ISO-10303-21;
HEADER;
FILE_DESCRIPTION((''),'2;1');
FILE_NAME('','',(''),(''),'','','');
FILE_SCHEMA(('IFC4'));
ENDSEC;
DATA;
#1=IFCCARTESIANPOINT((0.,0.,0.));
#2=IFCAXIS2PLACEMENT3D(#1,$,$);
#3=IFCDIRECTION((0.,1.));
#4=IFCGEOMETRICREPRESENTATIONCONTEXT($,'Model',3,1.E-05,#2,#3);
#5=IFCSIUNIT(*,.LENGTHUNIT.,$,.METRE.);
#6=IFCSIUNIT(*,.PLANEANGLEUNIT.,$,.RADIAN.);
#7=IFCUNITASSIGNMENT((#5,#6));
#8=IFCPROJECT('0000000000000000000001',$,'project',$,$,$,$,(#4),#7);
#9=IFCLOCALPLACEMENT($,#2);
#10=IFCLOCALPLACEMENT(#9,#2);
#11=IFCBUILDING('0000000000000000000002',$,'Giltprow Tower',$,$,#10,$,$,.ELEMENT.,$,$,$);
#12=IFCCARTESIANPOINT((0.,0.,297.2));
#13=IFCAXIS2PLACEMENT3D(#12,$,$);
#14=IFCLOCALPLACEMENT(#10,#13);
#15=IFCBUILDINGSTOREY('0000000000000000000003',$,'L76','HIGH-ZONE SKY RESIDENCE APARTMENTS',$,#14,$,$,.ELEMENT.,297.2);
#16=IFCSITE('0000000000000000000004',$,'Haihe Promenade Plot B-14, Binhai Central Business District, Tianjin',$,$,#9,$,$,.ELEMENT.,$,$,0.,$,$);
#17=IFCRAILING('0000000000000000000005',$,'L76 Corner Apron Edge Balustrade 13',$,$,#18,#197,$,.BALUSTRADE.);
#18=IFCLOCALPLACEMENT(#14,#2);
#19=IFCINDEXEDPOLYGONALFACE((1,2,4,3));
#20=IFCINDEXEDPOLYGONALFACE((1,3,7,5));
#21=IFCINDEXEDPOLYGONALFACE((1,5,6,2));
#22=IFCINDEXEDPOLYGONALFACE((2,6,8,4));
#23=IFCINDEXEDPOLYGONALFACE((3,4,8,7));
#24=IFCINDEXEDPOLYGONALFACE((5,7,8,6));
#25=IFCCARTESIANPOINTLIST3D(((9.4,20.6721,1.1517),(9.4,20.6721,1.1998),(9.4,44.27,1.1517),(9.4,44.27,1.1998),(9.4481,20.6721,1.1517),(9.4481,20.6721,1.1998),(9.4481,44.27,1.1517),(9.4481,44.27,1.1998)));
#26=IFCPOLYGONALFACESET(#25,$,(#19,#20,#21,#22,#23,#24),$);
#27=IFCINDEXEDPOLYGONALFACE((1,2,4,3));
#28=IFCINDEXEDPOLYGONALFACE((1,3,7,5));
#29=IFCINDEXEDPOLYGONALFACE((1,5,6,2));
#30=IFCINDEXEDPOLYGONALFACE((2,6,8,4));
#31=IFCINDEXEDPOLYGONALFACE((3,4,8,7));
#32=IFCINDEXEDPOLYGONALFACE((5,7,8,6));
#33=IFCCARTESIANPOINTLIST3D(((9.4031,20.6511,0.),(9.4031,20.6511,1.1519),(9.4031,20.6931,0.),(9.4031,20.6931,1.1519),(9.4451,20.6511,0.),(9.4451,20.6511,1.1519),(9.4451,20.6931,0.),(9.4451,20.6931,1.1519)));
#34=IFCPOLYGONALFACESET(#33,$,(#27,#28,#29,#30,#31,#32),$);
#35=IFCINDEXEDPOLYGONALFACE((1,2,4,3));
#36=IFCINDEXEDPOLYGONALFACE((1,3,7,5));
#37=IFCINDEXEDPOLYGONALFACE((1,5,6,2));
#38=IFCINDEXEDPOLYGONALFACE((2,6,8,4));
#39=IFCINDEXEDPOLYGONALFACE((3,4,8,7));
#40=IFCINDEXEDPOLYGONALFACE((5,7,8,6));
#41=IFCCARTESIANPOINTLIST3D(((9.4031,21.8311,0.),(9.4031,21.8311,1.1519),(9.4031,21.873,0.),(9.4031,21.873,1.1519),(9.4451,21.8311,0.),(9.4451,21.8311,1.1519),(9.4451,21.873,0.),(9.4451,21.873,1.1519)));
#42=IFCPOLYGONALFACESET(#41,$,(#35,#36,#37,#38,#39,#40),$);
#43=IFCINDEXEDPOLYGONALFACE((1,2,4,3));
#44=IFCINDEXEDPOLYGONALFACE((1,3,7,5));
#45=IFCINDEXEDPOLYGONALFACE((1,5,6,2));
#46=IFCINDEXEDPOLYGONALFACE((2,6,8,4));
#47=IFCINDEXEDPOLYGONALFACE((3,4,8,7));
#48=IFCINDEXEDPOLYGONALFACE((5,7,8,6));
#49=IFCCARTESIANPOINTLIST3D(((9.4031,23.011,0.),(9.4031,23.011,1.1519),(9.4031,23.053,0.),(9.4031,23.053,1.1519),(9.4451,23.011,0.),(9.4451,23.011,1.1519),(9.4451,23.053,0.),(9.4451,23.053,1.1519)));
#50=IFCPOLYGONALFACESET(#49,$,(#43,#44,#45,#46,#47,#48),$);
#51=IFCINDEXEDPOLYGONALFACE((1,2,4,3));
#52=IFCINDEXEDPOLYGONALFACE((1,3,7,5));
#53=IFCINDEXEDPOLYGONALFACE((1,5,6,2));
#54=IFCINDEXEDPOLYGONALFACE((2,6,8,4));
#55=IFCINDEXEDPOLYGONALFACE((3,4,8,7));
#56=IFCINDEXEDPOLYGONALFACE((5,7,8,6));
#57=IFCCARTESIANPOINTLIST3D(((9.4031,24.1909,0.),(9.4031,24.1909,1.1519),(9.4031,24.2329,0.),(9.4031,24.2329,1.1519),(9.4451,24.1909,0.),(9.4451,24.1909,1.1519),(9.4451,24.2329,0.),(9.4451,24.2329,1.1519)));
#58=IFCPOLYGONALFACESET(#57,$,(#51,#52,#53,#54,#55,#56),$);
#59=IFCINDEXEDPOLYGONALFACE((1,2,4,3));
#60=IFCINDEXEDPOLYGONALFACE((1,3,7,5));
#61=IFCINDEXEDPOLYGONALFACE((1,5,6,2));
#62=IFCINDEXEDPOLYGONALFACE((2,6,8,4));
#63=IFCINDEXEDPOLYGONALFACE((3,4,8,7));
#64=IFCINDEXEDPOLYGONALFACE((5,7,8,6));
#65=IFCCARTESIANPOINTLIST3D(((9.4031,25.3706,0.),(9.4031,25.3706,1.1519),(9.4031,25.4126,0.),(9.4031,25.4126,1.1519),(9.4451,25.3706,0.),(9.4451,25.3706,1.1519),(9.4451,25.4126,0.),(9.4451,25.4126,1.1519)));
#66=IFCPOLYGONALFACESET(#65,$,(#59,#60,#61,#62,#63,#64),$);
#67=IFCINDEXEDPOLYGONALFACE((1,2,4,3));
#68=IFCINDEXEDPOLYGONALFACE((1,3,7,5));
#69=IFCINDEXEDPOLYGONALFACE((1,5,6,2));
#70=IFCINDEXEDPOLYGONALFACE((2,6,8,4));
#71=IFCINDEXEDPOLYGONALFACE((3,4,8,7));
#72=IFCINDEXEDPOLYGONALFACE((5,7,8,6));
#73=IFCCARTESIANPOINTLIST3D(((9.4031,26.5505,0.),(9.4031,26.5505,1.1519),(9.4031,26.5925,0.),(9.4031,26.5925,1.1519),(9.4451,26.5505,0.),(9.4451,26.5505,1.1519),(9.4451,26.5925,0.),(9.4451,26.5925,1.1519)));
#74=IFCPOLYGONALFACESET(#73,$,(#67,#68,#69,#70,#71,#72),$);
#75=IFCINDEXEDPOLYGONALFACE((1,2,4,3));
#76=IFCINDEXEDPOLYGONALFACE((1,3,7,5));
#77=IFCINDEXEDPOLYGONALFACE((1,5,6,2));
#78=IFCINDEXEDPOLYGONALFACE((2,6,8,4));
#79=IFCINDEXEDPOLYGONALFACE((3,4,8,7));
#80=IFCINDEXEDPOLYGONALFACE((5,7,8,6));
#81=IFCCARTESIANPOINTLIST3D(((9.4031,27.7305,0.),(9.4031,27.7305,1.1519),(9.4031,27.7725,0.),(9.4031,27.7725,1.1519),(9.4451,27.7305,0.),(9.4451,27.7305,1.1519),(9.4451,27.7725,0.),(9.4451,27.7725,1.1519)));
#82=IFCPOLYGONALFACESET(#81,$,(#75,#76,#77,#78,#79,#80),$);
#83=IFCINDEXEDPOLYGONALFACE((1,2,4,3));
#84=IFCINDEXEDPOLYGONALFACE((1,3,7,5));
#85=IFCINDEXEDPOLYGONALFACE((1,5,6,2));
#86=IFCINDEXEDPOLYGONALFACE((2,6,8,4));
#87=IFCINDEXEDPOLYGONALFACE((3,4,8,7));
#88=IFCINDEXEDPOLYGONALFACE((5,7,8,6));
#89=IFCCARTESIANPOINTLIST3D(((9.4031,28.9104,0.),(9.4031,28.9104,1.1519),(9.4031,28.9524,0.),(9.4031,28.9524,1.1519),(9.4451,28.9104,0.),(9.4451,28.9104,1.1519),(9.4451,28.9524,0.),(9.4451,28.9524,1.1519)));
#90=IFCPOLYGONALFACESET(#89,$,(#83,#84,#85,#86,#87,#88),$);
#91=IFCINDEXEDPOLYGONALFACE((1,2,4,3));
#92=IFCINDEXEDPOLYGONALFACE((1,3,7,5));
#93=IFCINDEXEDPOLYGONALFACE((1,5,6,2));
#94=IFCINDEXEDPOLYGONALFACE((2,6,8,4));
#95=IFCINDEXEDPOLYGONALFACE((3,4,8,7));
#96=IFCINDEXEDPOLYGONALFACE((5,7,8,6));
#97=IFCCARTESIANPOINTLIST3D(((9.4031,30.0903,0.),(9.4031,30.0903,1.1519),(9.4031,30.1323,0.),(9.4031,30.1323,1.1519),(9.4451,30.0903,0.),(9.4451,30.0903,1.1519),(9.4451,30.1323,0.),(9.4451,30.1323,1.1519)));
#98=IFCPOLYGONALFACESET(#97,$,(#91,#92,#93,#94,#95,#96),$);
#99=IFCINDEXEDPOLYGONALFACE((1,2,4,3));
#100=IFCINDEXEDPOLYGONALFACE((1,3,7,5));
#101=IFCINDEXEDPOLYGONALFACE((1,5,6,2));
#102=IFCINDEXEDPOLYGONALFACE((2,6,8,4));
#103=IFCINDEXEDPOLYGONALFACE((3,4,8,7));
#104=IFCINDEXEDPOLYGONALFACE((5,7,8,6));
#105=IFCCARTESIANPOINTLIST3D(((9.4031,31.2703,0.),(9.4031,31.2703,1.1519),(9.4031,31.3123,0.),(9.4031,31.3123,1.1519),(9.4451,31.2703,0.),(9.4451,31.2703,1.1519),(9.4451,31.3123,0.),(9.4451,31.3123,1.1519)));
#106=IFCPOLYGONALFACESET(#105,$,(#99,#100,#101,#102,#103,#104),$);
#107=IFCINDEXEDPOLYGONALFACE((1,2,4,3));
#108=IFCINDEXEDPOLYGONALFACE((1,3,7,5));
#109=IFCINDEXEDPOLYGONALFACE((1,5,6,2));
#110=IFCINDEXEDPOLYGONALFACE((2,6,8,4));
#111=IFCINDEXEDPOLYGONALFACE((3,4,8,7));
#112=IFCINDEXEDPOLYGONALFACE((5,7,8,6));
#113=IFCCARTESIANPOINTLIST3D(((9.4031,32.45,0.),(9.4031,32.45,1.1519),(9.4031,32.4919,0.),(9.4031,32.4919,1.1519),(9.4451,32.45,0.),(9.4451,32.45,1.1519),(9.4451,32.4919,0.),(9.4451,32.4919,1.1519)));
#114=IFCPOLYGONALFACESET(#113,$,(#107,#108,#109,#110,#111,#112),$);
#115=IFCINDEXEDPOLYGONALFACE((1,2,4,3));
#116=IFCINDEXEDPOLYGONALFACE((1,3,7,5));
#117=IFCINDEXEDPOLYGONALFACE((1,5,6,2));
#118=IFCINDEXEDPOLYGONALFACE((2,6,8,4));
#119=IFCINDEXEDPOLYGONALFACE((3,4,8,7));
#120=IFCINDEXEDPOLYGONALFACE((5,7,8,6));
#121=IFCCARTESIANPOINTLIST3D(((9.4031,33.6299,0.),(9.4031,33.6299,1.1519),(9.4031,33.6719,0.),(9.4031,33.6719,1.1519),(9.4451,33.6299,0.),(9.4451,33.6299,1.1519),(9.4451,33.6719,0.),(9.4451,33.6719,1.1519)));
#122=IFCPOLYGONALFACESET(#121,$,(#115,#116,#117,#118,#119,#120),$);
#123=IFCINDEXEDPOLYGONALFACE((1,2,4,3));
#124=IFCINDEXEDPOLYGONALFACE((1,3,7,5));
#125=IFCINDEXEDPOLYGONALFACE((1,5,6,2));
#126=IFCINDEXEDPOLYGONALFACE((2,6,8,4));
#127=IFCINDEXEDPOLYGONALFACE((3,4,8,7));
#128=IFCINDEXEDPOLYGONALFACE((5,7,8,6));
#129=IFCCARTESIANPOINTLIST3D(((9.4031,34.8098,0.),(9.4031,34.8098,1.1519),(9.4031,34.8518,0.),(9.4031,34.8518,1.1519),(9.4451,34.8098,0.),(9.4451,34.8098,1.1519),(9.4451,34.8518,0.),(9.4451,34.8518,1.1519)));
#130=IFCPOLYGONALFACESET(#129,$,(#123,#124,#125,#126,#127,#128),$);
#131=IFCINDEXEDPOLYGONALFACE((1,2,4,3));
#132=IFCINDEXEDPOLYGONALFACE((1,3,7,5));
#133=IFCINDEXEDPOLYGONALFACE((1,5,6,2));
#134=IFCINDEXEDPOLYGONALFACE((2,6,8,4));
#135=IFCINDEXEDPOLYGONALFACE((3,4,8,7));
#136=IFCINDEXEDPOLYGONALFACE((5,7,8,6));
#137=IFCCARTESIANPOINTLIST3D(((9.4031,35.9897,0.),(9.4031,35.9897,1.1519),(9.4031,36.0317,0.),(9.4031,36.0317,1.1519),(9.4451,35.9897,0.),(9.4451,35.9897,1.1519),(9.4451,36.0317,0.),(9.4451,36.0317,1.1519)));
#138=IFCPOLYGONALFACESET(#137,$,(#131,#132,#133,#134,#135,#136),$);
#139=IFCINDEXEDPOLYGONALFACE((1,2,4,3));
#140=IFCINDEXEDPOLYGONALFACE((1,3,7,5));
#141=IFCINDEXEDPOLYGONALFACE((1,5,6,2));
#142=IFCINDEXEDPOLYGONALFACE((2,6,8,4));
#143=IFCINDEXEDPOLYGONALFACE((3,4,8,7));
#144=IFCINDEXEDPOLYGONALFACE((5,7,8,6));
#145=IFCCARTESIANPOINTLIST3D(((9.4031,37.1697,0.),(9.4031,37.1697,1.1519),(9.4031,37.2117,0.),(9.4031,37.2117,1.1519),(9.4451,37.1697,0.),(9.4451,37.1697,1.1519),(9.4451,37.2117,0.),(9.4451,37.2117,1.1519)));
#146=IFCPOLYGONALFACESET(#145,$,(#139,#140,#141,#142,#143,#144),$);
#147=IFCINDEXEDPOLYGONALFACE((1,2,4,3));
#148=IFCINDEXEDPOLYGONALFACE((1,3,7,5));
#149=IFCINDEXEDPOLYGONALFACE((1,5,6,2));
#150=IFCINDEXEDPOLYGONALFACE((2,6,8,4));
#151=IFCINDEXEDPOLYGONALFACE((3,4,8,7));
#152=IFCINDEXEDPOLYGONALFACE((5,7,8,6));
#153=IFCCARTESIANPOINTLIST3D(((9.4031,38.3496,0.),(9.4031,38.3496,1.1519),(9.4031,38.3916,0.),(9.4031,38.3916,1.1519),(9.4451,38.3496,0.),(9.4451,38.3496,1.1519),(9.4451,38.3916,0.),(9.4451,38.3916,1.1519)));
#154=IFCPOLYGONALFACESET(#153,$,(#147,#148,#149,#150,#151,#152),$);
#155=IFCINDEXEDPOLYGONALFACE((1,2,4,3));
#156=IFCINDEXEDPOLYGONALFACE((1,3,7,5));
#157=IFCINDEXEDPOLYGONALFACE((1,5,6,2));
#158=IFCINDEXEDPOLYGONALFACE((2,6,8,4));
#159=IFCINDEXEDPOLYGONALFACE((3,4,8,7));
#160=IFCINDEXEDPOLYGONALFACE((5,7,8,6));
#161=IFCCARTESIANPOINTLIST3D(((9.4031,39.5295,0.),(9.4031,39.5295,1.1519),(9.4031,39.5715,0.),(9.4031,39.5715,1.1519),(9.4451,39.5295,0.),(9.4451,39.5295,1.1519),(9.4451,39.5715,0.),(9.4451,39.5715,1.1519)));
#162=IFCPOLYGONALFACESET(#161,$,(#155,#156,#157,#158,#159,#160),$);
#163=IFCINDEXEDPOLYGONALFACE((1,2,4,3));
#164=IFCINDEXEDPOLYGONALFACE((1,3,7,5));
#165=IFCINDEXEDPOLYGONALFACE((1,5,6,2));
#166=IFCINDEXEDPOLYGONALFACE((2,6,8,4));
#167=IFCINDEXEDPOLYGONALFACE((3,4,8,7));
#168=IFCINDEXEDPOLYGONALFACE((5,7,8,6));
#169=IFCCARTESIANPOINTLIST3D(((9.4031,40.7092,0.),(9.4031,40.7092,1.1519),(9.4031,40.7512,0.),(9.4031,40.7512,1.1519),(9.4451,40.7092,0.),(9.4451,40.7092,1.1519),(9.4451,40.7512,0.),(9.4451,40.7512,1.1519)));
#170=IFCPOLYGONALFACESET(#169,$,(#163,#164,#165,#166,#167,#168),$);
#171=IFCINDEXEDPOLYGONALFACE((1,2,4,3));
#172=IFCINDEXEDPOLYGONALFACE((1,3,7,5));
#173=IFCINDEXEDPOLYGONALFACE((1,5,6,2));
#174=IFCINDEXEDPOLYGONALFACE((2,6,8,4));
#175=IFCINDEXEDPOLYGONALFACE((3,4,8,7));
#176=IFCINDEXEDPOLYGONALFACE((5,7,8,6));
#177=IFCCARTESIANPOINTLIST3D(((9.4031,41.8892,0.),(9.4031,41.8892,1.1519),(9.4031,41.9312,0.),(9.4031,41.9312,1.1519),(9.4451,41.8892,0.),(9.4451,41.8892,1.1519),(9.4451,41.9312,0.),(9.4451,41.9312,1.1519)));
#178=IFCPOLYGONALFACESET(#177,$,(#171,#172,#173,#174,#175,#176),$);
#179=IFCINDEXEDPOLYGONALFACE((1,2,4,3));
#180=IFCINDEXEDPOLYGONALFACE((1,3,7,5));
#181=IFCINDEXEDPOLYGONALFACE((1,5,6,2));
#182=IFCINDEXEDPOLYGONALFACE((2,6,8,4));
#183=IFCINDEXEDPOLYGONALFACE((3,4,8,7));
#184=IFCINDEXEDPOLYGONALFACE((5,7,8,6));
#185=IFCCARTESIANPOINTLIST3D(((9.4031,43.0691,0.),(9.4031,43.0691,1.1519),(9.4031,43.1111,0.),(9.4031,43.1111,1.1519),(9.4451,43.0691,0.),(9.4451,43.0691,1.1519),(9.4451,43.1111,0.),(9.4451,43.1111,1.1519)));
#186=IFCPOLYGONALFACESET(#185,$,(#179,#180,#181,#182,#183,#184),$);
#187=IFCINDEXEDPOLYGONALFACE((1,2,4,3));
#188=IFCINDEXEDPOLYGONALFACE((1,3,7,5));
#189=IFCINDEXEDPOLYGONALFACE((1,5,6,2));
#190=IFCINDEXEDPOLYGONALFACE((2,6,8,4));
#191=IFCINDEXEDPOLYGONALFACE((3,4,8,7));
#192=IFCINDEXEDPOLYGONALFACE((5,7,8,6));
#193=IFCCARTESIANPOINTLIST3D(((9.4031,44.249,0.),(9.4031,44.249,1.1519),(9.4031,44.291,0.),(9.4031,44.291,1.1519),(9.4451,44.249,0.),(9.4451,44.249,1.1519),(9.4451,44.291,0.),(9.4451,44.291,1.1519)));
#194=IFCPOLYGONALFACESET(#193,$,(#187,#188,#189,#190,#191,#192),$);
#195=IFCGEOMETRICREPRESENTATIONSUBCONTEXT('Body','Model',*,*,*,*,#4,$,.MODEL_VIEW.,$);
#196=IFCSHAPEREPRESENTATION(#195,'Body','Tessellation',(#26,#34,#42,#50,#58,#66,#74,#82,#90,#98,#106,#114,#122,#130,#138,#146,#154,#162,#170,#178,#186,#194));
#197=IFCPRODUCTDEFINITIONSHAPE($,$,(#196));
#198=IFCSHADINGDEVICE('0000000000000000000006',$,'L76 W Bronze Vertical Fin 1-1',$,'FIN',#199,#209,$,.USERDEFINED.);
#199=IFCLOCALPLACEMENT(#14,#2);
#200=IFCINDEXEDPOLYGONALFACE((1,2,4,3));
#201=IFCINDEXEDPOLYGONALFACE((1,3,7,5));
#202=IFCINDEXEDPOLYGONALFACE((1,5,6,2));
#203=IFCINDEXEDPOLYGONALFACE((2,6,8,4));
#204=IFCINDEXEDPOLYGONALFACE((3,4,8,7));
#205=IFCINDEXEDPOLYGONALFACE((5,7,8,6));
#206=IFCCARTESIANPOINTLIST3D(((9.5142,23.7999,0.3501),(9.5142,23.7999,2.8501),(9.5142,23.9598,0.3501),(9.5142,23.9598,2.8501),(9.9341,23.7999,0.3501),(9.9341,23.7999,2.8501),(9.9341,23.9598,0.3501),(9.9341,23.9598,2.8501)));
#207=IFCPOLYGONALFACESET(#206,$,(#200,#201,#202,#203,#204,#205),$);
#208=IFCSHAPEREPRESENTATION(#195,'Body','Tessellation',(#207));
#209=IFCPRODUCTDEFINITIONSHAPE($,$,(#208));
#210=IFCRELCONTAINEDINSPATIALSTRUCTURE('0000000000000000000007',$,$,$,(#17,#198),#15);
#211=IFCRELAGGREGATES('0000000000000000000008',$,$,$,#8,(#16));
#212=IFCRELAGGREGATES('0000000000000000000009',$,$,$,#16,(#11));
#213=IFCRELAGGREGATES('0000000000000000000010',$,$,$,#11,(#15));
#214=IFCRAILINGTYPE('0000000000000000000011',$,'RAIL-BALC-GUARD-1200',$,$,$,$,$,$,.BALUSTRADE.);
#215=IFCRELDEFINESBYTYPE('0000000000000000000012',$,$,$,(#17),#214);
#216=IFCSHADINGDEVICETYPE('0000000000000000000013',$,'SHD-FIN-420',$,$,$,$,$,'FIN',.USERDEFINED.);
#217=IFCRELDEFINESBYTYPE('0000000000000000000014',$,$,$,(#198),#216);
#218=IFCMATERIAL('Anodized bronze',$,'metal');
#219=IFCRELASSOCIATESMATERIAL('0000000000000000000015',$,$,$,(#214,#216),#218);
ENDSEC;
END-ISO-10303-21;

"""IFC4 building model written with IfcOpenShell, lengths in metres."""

from ifc_helpers import new_model, si_unit, direction, frame, origin, origin_2d, place, context, subcontext, project, spatial, rectangle, extrude, source, transform, mapped, material, type_object, element, save


model = new_model("IFC4")

# Units and contexts
model_context = context("Model", 3, precision=1e-05, world=origin(), true_north=direction((0.0, 1.0)))
body_context = subcontext(model_context, "Body", "Model", "MODEL_VIEW")
ifc_project = project(units=[si_unit("LENGTHUNIT", "METRE"), si_unit("PLANEANGLEUNIT", "RADIAN")], contexts=[model_context])

# Site, building, storey
site_placement = place(None, origin())
site = spatial("IfcSite", under=ifc_project, at=site_placement, Name="Haihe Promenade Plot B-14, Binhai Central Business District, Tianjin", CompositionType="ELEMENT", RefElevation=0.0)
building_placement = place(site_placement, origin())
building = spatial("IfcBuilding", under=site, at=building_placement, Name="Giltprow Tower", CompositionType="ELEMENT")
storey_placement = place(building_placement, frame((0.0, 0.0, 297.2)))
storey = spatial("IfcBuildingStorey", under=building, at=storey_placement, Name="L76", Description="HIGH-ZONE SKY RESIDENCE APARTMENTS", CompositionType="ELEMENT", Elevation=297.2)

# Shared definitions
ifc_material_1 = material(Name="Anodized bronze", Category="metal")

# Railing
railing_type = type_object("IfcRailingType", Name="RAIL-BALC-GUARD-1200", PredefinedType="BALUSTRADE", material=ifc_material_1)
railing_1_placement = place(storey_placement, frame((9.4241, 20.6721, 0.0)))
element("IfcRailing", 1, at=railing_1_placement, inside=storey, type_object=railing_type, Name="L76 Corner Apron Edge Balustrade 13", PredefinedType="BALUSTRADE", context=body_context, shape_type="SweptSolid", body=[
    extrude(rectangle(XDim=0.0481, YDim=0.0481, at=origin_2d()), frame((0.0, 0.0, 1.1758), z_axis=(0.0, 1.0, 0.0), x_axis=(-1.0, 0.0, 0.0)), (0.0, 0.0, 1.0), 23.5979),
    extrude(rectangle(XDim=0.042, YDim=0.042, at=origin_2d()), origin(), (0.0, 0.0, 1.0), 1.1519),
    extrude(rectangle(XDim=0.042, YDim=0.042, at=origin_2d()), frame((0.0, 1.1799, 0.0)), (0.0, 0.0, 1.0), 1.1519),
    extrude(rectangle(XDim=0.042, YDim=0.042, at=origin_2d()), frame((0.0, 2.3599, 0.0)), (0.0, 0.0, 1.0), 1.1519),
    extrude(rectangle(XDim=0.042, YDim=0.042, at=origin_2d()), frame((0.0, 3.5398, 0.0)), (0.0, 0.0, 1.0), 1.1519),
    extrude(rectangle(XDim=0.042, YDim=0.042, at=origin_2d()), frame((0.0, 4.7195, 0.0)), (0.0, 0.0, 1.0), 1.1519),
    extrude(rectangle(XDim=0.042, YDim=0.042, at=origin_2d()), frame((0.0, 5.8994, 0.0)), (0.0, 0.0, 1.0), 1.1519),
    extrude(rectangle(XDim=0.042, YDim=0.042, at=origin_2d()), frame((0.0, 7.0793, 0.0)), (0.0, 0.0, 1.0), 1.1519),
    extrude(rectangle(XDim=0.042, YDim=0.042, at=origin_2d()), frame((0.0, 8.2593, 0.0)), (0.0, 0.0, 1.0), 1.1519),
    extrude(rectangle(XDim=0.042, YDim=0.042, at=origin_2d()), frame((0.0, 9.4392, 0.0)), (0.0, 0.0, 1.0), 1.1519),
    extrude(rectangle(XDim=0.042, YDim=0.042, at=origin_2d()), frame((0.0, 10.6191, 0.0)), (0.0, 0.0, 1.0), 1.1519),
    extrude(rectangle(XDim=0.042, YDim=0.042, at=origin_2d()), frame((0.0, 11.7988, 0.0)), (0.0, 0.0, 1.0), 1.1519),
    extrude(rectangle(XDim=0.042, YDim=0.042, at=origin_2d()), frame((0.0, 12.9788, 0.0)), (0.0, 0.0, 1.0), 1.1519),
    extrude(rectangle(XDim=0.042, YDim=0.042, at=origin_2d()), frame((0.0, 14.1587, 0.0)), (0.0, 0.0, 1.0), 1.1519),
    extrude(rectangle(XDim=0.042, YDim=0.042, at=origin_2d()), frame((0.0, 15.3386, 0.0)), (0.0, 0.0, 1.0), 1.1519),
    extrude(rectangle(XDim=0.042, YDim=0.042, at=origin_2d()), frame((0.0, 16.5186, 0.0)), (0.0, 0.0, 1.0), 1.1519),
    extrude(rectangle(XDim=0.042, YDim=0.042, at=origin_2d()), frame((0.0, 17.6985, 0.0)), (0.0, 0.0, 1.0), 1.1519),
    extrude(rectangle(XDim=0.042, YDim=0.042, at=origin_2d()), frame((0.0, 18.8784, 0.0)), (0.0, 0.0, 1.0), 1.1519),
    extrude(rectangle(XDim=0.042, YDim=0.042, at=origin_2d()), frame((0.0, 20.0581, 0.0)), (0.0, 0.0, 1.0), 1.1519),
    extrude(rectangle(XDim=0.042, YDim=0.042, at=origin_2d()), frame((0.0, 21.238, 0.0)), (0.0, 0.0, 1.0), 1.1519),
    extrude(rectangle(XDim=0.042, YDim=0.042, at=origin_2d()), frame((0.0, 22.418, 0.0)), (0.0, 0.0, 1.0), 1.1519),
    extrude(rectangle(XDim=0.042, YDim=0.042, at=origin_2d()), frame((0.0, 23.5979, 0.0)), (0.0, 0.0, 1.0), 1.1519),
])

# Shading device
shading_device_type = type_object("IfcShadingDeviceType", Name="SHD-FIN-420", ElementType="FIN", PredefinedType="USERDEFINED", material=ifc_material_1)
shared_shape_1 = source(origin(), body_context, "Body", "SweptSolid", [
    extrude(rectangle(XDim=0.4199, YDim=0.1599, at=origin_2d()), origin(), (0.0, 0.0, 1.0), 2.5),
])
shading_device_placement = place(storey_placement, frame((9.7241, 23.8799, 0.3501), z_axis=(0.0, 0.0, 1.0), x_axis=(1.0, 0.0, 0.0)))
element("IfcShadingDevice", 2, at=shading_device_placement, inside=storey, type_object=shading_device_type, Name="L76 W Bronze Vertical Fin 1-1", ObjectType="FIN", PredefinedType="USERDEFINED", context=body_context, shape_type="MappedRepresentation", body=[
    mapped(shared_shape_1, transform((0.0, 0.0, 0.0), x_axis=(1.0, 0.0, 0.0), y_axis=(0.0, 1.0, 0.0), z_axis=(0.0, 0.0, 1.0), scale=1.0)),
])

save(model, "model.ifc")
